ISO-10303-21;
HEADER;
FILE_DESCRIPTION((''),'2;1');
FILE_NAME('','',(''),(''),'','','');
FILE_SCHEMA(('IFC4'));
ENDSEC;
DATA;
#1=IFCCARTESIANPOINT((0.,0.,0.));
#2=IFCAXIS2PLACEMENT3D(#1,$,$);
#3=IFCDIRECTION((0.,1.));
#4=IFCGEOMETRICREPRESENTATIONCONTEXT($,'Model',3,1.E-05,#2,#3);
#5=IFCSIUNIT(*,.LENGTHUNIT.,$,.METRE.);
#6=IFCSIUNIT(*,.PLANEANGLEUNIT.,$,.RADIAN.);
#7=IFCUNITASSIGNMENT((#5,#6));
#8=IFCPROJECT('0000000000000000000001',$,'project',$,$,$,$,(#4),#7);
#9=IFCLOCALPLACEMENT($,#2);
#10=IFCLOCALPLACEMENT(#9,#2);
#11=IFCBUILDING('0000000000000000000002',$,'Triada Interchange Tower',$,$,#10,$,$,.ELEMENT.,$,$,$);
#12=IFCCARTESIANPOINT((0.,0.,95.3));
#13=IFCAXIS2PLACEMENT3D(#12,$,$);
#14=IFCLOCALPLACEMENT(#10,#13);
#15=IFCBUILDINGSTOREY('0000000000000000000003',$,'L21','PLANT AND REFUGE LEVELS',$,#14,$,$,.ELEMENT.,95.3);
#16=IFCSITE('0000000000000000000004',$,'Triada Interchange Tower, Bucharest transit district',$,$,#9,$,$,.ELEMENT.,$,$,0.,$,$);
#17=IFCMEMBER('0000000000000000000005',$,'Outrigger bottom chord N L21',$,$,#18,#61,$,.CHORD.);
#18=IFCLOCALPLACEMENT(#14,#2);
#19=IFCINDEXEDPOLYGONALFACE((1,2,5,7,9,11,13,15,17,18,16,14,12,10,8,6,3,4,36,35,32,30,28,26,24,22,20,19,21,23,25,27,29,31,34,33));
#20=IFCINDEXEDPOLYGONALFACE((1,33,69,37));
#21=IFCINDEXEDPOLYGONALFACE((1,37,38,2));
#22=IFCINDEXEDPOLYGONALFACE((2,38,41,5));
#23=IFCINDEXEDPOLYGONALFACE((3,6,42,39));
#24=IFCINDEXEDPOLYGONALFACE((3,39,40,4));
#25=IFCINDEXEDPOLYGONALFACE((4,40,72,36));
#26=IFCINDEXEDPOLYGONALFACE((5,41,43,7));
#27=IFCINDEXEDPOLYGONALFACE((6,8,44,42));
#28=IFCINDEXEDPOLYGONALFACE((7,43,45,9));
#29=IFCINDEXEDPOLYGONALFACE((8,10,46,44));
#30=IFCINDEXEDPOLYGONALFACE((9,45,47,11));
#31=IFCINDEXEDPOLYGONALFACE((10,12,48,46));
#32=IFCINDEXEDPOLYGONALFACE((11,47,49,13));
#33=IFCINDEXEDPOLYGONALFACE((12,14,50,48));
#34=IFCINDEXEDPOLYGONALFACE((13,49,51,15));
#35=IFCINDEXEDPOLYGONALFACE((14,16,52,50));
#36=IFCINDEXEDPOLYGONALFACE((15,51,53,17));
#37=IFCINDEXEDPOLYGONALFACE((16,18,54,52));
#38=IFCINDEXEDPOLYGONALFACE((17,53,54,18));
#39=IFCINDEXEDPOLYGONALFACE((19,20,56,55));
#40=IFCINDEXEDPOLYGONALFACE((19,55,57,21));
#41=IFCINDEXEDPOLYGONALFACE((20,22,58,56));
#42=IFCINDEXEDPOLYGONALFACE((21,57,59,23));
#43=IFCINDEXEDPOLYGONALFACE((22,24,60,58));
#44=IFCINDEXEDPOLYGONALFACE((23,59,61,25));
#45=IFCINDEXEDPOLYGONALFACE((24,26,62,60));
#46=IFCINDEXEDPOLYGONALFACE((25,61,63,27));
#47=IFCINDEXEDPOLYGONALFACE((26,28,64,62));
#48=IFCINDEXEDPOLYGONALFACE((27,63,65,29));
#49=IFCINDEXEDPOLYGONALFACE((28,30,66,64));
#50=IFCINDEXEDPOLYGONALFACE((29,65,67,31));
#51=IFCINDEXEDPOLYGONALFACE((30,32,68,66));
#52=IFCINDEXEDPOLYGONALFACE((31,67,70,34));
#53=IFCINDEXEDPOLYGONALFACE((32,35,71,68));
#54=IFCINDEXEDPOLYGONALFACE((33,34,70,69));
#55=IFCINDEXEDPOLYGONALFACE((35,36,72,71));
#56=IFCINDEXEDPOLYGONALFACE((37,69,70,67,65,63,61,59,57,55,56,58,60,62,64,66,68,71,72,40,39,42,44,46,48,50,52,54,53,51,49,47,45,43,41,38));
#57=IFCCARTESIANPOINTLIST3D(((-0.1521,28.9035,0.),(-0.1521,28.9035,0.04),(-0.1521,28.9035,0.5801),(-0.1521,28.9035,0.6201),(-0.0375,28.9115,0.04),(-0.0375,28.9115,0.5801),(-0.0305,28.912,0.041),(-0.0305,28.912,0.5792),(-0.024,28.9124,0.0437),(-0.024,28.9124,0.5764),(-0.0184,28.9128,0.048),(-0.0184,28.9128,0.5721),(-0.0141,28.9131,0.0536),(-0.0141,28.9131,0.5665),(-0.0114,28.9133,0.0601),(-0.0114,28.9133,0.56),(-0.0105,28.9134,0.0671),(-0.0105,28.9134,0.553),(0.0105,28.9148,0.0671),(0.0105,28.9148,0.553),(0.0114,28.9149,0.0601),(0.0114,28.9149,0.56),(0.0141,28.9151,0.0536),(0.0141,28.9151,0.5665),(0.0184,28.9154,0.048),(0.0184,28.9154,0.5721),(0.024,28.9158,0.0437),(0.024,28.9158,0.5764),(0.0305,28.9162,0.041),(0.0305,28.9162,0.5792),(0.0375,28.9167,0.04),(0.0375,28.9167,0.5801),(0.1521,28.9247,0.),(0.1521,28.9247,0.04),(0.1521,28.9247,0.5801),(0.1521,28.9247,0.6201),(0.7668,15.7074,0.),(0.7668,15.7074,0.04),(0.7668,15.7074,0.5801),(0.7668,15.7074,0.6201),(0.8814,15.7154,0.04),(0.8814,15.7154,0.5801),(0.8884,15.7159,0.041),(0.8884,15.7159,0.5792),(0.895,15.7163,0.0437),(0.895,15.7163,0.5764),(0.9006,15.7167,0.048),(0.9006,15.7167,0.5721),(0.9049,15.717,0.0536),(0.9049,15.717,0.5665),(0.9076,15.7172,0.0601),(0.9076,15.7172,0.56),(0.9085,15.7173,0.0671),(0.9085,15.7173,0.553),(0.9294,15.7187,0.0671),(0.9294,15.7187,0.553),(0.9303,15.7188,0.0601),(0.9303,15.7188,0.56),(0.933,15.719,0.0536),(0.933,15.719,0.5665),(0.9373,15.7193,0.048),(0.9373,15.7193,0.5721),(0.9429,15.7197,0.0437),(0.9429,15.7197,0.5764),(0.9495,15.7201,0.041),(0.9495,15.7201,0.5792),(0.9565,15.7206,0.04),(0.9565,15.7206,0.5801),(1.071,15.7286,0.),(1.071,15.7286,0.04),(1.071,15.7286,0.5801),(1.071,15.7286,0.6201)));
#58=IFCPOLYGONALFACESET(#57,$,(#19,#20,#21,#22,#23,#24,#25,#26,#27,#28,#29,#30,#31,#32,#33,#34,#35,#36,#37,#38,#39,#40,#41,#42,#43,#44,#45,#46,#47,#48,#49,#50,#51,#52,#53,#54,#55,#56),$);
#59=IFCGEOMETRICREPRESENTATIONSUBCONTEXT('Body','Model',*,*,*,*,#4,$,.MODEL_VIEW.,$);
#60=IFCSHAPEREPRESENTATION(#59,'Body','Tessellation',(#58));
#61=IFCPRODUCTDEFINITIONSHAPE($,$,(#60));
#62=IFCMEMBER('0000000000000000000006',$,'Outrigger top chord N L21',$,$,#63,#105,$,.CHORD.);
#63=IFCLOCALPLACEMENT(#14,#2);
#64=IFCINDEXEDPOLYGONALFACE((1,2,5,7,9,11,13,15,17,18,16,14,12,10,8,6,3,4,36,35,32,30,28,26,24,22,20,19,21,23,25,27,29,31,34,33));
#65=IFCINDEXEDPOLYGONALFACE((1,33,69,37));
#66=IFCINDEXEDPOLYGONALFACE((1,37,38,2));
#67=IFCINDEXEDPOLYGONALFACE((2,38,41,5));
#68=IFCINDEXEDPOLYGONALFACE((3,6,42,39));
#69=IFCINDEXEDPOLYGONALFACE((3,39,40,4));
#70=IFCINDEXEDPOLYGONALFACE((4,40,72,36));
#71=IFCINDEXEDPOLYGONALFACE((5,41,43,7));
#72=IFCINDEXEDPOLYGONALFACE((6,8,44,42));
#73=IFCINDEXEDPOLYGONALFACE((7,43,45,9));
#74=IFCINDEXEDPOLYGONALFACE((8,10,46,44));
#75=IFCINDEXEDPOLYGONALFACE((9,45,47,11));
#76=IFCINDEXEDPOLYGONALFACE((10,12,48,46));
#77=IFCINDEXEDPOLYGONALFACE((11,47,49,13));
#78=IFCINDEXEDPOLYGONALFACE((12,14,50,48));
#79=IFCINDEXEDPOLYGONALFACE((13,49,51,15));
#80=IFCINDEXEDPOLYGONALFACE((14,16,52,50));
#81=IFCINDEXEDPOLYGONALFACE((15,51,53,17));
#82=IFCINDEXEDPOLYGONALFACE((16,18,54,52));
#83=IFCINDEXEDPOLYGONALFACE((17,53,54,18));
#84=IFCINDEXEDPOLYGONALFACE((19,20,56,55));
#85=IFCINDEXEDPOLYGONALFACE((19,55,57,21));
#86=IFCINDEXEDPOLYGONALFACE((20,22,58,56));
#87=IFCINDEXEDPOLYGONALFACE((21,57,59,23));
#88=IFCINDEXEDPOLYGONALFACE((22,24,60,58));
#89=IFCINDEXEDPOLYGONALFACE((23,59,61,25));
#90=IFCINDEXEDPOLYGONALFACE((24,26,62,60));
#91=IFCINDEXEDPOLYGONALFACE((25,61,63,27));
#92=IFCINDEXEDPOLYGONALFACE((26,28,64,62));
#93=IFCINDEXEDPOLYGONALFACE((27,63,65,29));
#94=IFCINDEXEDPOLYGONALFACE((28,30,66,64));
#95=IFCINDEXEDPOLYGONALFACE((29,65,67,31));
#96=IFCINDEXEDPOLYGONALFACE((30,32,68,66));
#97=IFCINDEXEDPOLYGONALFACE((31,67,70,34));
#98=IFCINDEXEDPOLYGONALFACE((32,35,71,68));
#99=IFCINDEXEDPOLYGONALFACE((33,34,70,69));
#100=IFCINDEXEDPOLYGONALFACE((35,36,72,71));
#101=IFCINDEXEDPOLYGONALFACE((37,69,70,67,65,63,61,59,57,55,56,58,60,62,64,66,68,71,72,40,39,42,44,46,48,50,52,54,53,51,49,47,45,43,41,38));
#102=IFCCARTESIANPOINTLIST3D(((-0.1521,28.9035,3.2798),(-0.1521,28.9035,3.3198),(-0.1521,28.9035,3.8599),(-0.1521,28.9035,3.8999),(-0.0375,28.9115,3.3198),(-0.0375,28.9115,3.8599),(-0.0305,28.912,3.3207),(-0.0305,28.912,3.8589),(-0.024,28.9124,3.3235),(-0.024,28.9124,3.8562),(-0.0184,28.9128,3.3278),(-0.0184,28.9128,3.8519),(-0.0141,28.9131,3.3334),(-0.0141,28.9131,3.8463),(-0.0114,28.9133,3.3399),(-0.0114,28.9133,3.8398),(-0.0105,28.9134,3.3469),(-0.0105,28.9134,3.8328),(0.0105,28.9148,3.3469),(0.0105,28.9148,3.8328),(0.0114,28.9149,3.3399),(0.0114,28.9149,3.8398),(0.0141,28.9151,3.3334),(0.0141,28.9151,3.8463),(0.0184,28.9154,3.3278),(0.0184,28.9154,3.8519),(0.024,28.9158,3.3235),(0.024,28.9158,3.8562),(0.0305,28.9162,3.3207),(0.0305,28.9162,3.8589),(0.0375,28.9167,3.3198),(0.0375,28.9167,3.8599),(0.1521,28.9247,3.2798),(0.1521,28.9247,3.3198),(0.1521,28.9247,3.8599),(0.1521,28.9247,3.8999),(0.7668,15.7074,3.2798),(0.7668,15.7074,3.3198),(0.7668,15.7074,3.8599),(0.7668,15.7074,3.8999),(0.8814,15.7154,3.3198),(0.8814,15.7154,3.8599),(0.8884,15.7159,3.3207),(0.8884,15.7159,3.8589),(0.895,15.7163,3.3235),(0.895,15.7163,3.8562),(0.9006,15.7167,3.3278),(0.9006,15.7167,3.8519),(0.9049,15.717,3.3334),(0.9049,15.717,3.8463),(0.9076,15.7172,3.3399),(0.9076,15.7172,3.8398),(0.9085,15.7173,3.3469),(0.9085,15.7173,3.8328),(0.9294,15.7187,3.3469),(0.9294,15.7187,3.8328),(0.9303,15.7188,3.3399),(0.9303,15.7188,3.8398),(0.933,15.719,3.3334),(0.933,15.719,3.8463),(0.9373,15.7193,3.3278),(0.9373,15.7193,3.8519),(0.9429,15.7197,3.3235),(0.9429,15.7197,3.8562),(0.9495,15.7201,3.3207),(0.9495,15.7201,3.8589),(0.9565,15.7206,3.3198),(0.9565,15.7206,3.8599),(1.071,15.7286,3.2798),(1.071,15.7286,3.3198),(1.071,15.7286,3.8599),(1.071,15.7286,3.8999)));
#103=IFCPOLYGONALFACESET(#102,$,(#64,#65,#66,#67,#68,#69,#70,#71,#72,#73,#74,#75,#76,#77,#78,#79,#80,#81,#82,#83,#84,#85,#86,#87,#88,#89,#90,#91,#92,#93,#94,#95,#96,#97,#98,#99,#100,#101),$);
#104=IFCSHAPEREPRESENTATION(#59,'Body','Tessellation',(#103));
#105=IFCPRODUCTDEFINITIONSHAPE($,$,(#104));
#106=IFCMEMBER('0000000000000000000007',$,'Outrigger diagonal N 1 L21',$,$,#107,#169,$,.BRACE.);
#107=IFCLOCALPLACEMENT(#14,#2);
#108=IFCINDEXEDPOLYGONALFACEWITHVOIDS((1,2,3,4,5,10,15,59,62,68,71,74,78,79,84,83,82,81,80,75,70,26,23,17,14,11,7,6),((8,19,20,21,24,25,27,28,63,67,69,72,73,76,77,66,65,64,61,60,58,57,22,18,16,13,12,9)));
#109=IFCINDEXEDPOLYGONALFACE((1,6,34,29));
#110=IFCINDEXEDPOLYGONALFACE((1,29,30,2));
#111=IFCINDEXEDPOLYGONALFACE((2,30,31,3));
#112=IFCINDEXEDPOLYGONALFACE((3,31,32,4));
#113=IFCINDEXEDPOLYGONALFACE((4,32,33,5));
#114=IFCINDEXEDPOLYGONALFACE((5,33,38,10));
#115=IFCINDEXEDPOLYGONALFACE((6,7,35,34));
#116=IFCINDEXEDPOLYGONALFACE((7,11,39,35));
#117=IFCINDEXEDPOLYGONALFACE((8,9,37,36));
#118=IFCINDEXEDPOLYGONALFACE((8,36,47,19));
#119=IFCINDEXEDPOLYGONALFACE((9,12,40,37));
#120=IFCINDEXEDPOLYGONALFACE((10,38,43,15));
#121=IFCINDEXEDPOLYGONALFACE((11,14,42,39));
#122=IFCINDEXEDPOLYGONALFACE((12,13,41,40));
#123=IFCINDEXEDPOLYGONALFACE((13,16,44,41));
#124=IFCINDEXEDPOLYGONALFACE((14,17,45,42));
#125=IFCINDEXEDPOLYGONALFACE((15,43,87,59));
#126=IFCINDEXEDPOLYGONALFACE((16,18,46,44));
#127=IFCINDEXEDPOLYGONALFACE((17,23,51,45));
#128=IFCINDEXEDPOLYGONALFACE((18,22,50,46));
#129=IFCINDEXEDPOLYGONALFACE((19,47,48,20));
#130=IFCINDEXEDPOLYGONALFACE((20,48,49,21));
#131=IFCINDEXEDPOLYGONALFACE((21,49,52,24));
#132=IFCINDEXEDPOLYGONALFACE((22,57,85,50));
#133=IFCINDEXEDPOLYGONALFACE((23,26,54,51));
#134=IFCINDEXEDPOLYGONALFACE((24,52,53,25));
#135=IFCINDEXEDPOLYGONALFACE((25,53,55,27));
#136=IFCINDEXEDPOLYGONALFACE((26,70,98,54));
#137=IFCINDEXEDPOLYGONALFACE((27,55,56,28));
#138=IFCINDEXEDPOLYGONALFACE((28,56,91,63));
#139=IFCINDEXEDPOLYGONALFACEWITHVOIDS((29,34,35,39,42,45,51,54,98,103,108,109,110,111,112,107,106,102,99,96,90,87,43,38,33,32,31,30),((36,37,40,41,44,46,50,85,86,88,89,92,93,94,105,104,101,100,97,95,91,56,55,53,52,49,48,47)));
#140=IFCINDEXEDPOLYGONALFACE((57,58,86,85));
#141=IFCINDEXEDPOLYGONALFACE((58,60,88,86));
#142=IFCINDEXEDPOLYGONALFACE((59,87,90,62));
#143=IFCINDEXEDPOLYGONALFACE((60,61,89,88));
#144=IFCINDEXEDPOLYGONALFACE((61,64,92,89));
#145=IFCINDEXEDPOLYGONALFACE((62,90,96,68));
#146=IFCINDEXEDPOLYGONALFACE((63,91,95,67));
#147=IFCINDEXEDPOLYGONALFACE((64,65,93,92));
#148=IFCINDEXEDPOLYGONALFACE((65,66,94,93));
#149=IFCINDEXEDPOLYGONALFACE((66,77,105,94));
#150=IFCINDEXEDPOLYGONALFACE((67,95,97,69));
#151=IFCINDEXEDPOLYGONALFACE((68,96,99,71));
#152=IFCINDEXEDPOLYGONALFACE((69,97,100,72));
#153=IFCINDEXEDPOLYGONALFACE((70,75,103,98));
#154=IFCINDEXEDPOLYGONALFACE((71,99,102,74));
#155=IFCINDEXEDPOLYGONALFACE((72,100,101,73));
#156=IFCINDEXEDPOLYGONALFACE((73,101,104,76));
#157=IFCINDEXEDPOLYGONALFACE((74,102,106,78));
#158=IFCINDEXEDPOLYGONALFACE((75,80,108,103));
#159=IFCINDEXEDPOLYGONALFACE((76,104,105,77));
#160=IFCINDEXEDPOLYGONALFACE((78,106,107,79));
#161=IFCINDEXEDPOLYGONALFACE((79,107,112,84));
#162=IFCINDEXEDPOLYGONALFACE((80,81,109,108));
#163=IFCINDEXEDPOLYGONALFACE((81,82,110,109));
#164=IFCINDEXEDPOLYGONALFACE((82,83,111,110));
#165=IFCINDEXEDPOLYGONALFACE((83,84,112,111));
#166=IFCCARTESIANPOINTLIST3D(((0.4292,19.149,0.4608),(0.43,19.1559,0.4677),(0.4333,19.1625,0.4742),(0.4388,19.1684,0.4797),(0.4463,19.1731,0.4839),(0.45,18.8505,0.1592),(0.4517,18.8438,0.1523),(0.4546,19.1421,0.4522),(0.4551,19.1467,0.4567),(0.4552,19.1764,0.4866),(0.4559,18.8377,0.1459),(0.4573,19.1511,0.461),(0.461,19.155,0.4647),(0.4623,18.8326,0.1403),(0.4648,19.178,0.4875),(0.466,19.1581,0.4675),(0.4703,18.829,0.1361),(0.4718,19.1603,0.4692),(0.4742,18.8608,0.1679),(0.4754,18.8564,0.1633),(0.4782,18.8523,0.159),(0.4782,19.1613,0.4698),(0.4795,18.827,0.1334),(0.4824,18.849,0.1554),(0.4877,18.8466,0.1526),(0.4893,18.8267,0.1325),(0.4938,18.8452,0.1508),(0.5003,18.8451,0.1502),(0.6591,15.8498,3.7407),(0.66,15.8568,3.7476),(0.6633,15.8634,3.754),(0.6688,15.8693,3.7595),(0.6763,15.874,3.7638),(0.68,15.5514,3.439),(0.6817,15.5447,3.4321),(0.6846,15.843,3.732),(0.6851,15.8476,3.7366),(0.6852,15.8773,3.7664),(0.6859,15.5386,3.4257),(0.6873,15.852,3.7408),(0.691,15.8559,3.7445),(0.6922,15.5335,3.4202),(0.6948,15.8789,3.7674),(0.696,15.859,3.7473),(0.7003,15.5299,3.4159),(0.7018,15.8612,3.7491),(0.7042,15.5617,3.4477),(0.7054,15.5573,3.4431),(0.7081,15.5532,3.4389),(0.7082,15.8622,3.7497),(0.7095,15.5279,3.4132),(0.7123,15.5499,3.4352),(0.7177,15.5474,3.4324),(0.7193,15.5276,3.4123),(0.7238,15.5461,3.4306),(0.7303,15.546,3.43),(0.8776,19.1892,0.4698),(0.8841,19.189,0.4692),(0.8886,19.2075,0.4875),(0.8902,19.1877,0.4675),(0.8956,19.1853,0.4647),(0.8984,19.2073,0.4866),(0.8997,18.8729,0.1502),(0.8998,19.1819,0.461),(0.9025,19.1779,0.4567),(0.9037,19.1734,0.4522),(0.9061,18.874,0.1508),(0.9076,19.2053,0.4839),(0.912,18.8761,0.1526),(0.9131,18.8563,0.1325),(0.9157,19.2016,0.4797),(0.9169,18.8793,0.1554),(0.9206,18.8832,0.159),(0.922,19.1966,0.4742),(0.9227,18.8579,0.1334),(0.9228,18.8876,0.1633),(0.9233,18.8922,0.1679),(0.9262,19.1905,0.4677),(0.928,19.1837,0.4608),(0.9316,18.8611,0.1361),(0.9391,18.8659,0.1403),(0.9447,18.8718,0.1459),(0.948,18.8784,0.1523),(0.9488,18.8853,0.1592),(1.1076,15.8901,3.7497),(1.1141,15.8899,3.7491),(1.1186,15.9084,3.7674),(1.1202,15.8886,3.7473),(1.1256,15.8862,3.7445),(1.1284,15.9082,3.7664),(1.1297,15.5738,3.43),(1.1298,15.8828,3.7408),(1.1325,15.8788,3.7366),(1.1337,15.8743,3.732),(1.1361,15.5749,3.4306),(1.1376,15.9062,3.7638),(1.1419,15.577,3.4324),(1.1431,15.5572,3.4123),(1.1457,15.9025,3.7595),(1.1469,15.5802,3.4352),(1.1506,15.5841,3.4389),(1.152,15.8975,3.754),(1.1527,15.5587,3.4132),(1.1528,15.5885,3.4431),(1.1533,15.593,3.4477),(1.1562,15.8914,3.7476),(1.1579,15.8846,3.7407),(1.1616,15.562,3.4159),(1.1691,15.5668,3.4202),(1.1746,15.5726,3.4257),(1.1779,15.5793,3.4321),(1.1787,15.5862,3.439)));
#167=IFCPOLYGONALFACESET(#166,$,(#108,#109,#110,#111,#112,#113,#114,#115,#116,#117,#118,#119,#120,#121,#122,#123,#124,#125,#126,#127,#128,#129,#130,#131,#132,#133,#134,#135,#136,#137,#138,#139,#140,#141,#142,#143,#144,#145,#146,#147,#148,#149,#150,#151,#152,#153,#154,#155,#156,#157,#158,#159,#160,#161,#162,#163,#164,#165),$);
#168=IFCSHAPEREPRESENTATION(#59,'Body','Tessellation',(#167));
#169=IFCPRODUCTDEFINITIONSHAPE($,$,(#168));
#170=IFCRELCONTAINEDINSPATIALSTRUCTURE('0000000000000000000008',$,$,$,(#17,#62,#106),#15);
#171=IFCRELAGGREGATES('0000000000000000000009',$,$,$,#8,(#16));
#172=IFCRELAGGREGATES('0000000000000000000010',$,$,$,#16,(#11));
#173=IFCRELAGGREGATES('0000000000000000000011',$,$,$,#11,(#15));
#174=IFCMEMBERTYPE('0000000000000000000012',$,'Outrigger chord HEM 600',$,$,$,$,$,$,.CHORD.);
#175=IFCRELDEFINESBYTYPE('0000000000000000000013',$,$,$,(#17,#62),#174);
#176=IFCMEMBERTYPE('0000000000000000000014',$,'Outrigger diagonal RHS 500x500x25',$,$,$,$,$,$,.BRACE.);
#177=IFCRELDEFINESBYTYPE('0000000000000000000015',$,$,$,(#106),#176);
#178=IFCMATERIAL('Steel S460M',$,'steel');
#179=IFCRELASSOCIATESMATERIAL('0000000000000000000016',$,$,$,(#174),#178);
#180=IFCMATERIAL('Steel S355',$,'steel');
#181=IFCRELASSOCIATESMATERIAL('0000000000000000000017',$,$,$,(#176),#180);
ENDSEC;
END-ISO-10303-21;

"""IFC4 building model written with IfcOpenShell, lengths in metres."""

from ifc_helpers import new_model, si_unit, direction, frame, origin, origin_2d, place, context, subcontext, project, spatial, hollow_rectangle, i_section, extrude, material, material_profile, profile_set, type_object, element, save


model = new_model("IFC4")

# Units and contexts
model_context = context("Model", 3, precision=1e-05, world=origin(), true_north=direction((0.0, 1.0)))
body_context = subcontext(model_context, "Body", "Model", "MODEL_VIEW")
ifc_project = project(units=[si_unit("LENGTHUNIT", "METRE"), si_unit("PLANEANGLEUNIT", "RADIAN")], contexts=[model_context])

# Site, building, storey
site_placement = place(None, origin())
site = spatial("IfcSite", under=ifc_project, at=site_placement, Name="Triada Interchange Tower, Bucharest transit district", CompositionType="ELEMENT", RefElevation=0.0)
building_placement = place(site_placement, origin())
building = spatial("IfcBuilding", under=site, at=building_placement, Name="Triada Interchange Tower", CompositionType="ELEMENT")
storey_placement = place(building_placement, frame((0.0, 0.0, 95.3)))
storey = spatial("IfcBuildingStorey", under=building, at=storey_placement, Name="L21", Description="PLANT AND REFUGE LEVELS", CompositionType="ELEMENT", Elevation=95.3)

# Shared definitions
ifc_material_1 = material(Name="Steel S355", Category="steel")

# Members
ifc_material_2 = material(Name="Steel S460M", Category="steel")
ifc_material_profile_1 = material_profile(ifc_material_2, i_section(OverallWidth=0.3049, OverallDepth=0.6201, WebThickness=0.021, FlangeThickness=0.04, FilletRadius=0.0271, at=origin_2d()), Name="HEM 600")
ifc_profile_set_1 = profile_set([ifc_material_profile_1], Name="Steel S460M")
member_type_1 = type_object("IfcMemberType", Name="Outrigger chord HEM 600", PredefinedType="CHORD", material=ifc_profile_set_1)
for number, where, z_axis, x_axis, name in (
    (1, (0.9189, 15.718, 0.3101), (-0.06947, 0.997584, 0.0), (-0.997584, -0.06947, 0.0), "Outrigger bottom chord N L21"),
    (2, (0.9189, 15.718, 3.5898), (-0.06947, 0.997584, 0.0), (-0.997584, -0.06947, 0.0), "Outrigger top chord N L21"),
):
    element("IfcMember", number, at=place(storey_placement, frame(where, z_axis=z_axis, x_axis=x_axis)), inside=storey, type_object=member_type_1, Name=name, PredefinedType="CHORD", context=body_context, shape_type="SweptSolid", body=[
        extrude(i_section(OverallWidth=0.3049, OverallDepth=0.6201, WebThickness=0.021, FlangeThickness=0.04, FilletRadius=0.0271, at=origin_2d()), origin(), (0.0, 0.0, 1.0), 13.228),
    ])
ifc_material_profile_2 = material_profile(ifc_material_1, hollow_rectangle(XDim=0.5, YDim=0.5, WallThickness=0.0249, InnerFilletRadius=0.0249, OuterFilletRadius=0.0376, at=origin_2d()), Name="RHS 500x500x25")
ifc_profile_set_2 = profile_set([ifc_material_profile_2], Name="Steel S355")
member_type_2 = type_object("IfcMemberType", Name="Outrigger diagonal RHS 500x500x25", PredefinedType="BRACE", material=ifc_profile_set_2)
member_1_placement = place(storey_placement, frame((0.9189, 15.718, 3.5898), z_axis=(-0.049377, 0.708312, -0.704171), x_axis=(-0.997579, -0.069542, 0.0)))
element("IfcMember", 3, at=member_1_placement, inside=storey, type_object=member_type_2, Name="Outrigger diagonal N 1 L21", PredefinedType="BRACE", context=body_context, shape_type="SweptSolid", body=[
    extrude(hollow_rectangle(XDim=0.5, YDim=0.5, WallThickness=0.0249, InnerFilletRadius=0.0249, OuterFilletRadius=0.0376, at=origin_2d()), origin(), (0.0, 0.0, 1.0), 4.6577),
])

save(model, "model.ifc")
